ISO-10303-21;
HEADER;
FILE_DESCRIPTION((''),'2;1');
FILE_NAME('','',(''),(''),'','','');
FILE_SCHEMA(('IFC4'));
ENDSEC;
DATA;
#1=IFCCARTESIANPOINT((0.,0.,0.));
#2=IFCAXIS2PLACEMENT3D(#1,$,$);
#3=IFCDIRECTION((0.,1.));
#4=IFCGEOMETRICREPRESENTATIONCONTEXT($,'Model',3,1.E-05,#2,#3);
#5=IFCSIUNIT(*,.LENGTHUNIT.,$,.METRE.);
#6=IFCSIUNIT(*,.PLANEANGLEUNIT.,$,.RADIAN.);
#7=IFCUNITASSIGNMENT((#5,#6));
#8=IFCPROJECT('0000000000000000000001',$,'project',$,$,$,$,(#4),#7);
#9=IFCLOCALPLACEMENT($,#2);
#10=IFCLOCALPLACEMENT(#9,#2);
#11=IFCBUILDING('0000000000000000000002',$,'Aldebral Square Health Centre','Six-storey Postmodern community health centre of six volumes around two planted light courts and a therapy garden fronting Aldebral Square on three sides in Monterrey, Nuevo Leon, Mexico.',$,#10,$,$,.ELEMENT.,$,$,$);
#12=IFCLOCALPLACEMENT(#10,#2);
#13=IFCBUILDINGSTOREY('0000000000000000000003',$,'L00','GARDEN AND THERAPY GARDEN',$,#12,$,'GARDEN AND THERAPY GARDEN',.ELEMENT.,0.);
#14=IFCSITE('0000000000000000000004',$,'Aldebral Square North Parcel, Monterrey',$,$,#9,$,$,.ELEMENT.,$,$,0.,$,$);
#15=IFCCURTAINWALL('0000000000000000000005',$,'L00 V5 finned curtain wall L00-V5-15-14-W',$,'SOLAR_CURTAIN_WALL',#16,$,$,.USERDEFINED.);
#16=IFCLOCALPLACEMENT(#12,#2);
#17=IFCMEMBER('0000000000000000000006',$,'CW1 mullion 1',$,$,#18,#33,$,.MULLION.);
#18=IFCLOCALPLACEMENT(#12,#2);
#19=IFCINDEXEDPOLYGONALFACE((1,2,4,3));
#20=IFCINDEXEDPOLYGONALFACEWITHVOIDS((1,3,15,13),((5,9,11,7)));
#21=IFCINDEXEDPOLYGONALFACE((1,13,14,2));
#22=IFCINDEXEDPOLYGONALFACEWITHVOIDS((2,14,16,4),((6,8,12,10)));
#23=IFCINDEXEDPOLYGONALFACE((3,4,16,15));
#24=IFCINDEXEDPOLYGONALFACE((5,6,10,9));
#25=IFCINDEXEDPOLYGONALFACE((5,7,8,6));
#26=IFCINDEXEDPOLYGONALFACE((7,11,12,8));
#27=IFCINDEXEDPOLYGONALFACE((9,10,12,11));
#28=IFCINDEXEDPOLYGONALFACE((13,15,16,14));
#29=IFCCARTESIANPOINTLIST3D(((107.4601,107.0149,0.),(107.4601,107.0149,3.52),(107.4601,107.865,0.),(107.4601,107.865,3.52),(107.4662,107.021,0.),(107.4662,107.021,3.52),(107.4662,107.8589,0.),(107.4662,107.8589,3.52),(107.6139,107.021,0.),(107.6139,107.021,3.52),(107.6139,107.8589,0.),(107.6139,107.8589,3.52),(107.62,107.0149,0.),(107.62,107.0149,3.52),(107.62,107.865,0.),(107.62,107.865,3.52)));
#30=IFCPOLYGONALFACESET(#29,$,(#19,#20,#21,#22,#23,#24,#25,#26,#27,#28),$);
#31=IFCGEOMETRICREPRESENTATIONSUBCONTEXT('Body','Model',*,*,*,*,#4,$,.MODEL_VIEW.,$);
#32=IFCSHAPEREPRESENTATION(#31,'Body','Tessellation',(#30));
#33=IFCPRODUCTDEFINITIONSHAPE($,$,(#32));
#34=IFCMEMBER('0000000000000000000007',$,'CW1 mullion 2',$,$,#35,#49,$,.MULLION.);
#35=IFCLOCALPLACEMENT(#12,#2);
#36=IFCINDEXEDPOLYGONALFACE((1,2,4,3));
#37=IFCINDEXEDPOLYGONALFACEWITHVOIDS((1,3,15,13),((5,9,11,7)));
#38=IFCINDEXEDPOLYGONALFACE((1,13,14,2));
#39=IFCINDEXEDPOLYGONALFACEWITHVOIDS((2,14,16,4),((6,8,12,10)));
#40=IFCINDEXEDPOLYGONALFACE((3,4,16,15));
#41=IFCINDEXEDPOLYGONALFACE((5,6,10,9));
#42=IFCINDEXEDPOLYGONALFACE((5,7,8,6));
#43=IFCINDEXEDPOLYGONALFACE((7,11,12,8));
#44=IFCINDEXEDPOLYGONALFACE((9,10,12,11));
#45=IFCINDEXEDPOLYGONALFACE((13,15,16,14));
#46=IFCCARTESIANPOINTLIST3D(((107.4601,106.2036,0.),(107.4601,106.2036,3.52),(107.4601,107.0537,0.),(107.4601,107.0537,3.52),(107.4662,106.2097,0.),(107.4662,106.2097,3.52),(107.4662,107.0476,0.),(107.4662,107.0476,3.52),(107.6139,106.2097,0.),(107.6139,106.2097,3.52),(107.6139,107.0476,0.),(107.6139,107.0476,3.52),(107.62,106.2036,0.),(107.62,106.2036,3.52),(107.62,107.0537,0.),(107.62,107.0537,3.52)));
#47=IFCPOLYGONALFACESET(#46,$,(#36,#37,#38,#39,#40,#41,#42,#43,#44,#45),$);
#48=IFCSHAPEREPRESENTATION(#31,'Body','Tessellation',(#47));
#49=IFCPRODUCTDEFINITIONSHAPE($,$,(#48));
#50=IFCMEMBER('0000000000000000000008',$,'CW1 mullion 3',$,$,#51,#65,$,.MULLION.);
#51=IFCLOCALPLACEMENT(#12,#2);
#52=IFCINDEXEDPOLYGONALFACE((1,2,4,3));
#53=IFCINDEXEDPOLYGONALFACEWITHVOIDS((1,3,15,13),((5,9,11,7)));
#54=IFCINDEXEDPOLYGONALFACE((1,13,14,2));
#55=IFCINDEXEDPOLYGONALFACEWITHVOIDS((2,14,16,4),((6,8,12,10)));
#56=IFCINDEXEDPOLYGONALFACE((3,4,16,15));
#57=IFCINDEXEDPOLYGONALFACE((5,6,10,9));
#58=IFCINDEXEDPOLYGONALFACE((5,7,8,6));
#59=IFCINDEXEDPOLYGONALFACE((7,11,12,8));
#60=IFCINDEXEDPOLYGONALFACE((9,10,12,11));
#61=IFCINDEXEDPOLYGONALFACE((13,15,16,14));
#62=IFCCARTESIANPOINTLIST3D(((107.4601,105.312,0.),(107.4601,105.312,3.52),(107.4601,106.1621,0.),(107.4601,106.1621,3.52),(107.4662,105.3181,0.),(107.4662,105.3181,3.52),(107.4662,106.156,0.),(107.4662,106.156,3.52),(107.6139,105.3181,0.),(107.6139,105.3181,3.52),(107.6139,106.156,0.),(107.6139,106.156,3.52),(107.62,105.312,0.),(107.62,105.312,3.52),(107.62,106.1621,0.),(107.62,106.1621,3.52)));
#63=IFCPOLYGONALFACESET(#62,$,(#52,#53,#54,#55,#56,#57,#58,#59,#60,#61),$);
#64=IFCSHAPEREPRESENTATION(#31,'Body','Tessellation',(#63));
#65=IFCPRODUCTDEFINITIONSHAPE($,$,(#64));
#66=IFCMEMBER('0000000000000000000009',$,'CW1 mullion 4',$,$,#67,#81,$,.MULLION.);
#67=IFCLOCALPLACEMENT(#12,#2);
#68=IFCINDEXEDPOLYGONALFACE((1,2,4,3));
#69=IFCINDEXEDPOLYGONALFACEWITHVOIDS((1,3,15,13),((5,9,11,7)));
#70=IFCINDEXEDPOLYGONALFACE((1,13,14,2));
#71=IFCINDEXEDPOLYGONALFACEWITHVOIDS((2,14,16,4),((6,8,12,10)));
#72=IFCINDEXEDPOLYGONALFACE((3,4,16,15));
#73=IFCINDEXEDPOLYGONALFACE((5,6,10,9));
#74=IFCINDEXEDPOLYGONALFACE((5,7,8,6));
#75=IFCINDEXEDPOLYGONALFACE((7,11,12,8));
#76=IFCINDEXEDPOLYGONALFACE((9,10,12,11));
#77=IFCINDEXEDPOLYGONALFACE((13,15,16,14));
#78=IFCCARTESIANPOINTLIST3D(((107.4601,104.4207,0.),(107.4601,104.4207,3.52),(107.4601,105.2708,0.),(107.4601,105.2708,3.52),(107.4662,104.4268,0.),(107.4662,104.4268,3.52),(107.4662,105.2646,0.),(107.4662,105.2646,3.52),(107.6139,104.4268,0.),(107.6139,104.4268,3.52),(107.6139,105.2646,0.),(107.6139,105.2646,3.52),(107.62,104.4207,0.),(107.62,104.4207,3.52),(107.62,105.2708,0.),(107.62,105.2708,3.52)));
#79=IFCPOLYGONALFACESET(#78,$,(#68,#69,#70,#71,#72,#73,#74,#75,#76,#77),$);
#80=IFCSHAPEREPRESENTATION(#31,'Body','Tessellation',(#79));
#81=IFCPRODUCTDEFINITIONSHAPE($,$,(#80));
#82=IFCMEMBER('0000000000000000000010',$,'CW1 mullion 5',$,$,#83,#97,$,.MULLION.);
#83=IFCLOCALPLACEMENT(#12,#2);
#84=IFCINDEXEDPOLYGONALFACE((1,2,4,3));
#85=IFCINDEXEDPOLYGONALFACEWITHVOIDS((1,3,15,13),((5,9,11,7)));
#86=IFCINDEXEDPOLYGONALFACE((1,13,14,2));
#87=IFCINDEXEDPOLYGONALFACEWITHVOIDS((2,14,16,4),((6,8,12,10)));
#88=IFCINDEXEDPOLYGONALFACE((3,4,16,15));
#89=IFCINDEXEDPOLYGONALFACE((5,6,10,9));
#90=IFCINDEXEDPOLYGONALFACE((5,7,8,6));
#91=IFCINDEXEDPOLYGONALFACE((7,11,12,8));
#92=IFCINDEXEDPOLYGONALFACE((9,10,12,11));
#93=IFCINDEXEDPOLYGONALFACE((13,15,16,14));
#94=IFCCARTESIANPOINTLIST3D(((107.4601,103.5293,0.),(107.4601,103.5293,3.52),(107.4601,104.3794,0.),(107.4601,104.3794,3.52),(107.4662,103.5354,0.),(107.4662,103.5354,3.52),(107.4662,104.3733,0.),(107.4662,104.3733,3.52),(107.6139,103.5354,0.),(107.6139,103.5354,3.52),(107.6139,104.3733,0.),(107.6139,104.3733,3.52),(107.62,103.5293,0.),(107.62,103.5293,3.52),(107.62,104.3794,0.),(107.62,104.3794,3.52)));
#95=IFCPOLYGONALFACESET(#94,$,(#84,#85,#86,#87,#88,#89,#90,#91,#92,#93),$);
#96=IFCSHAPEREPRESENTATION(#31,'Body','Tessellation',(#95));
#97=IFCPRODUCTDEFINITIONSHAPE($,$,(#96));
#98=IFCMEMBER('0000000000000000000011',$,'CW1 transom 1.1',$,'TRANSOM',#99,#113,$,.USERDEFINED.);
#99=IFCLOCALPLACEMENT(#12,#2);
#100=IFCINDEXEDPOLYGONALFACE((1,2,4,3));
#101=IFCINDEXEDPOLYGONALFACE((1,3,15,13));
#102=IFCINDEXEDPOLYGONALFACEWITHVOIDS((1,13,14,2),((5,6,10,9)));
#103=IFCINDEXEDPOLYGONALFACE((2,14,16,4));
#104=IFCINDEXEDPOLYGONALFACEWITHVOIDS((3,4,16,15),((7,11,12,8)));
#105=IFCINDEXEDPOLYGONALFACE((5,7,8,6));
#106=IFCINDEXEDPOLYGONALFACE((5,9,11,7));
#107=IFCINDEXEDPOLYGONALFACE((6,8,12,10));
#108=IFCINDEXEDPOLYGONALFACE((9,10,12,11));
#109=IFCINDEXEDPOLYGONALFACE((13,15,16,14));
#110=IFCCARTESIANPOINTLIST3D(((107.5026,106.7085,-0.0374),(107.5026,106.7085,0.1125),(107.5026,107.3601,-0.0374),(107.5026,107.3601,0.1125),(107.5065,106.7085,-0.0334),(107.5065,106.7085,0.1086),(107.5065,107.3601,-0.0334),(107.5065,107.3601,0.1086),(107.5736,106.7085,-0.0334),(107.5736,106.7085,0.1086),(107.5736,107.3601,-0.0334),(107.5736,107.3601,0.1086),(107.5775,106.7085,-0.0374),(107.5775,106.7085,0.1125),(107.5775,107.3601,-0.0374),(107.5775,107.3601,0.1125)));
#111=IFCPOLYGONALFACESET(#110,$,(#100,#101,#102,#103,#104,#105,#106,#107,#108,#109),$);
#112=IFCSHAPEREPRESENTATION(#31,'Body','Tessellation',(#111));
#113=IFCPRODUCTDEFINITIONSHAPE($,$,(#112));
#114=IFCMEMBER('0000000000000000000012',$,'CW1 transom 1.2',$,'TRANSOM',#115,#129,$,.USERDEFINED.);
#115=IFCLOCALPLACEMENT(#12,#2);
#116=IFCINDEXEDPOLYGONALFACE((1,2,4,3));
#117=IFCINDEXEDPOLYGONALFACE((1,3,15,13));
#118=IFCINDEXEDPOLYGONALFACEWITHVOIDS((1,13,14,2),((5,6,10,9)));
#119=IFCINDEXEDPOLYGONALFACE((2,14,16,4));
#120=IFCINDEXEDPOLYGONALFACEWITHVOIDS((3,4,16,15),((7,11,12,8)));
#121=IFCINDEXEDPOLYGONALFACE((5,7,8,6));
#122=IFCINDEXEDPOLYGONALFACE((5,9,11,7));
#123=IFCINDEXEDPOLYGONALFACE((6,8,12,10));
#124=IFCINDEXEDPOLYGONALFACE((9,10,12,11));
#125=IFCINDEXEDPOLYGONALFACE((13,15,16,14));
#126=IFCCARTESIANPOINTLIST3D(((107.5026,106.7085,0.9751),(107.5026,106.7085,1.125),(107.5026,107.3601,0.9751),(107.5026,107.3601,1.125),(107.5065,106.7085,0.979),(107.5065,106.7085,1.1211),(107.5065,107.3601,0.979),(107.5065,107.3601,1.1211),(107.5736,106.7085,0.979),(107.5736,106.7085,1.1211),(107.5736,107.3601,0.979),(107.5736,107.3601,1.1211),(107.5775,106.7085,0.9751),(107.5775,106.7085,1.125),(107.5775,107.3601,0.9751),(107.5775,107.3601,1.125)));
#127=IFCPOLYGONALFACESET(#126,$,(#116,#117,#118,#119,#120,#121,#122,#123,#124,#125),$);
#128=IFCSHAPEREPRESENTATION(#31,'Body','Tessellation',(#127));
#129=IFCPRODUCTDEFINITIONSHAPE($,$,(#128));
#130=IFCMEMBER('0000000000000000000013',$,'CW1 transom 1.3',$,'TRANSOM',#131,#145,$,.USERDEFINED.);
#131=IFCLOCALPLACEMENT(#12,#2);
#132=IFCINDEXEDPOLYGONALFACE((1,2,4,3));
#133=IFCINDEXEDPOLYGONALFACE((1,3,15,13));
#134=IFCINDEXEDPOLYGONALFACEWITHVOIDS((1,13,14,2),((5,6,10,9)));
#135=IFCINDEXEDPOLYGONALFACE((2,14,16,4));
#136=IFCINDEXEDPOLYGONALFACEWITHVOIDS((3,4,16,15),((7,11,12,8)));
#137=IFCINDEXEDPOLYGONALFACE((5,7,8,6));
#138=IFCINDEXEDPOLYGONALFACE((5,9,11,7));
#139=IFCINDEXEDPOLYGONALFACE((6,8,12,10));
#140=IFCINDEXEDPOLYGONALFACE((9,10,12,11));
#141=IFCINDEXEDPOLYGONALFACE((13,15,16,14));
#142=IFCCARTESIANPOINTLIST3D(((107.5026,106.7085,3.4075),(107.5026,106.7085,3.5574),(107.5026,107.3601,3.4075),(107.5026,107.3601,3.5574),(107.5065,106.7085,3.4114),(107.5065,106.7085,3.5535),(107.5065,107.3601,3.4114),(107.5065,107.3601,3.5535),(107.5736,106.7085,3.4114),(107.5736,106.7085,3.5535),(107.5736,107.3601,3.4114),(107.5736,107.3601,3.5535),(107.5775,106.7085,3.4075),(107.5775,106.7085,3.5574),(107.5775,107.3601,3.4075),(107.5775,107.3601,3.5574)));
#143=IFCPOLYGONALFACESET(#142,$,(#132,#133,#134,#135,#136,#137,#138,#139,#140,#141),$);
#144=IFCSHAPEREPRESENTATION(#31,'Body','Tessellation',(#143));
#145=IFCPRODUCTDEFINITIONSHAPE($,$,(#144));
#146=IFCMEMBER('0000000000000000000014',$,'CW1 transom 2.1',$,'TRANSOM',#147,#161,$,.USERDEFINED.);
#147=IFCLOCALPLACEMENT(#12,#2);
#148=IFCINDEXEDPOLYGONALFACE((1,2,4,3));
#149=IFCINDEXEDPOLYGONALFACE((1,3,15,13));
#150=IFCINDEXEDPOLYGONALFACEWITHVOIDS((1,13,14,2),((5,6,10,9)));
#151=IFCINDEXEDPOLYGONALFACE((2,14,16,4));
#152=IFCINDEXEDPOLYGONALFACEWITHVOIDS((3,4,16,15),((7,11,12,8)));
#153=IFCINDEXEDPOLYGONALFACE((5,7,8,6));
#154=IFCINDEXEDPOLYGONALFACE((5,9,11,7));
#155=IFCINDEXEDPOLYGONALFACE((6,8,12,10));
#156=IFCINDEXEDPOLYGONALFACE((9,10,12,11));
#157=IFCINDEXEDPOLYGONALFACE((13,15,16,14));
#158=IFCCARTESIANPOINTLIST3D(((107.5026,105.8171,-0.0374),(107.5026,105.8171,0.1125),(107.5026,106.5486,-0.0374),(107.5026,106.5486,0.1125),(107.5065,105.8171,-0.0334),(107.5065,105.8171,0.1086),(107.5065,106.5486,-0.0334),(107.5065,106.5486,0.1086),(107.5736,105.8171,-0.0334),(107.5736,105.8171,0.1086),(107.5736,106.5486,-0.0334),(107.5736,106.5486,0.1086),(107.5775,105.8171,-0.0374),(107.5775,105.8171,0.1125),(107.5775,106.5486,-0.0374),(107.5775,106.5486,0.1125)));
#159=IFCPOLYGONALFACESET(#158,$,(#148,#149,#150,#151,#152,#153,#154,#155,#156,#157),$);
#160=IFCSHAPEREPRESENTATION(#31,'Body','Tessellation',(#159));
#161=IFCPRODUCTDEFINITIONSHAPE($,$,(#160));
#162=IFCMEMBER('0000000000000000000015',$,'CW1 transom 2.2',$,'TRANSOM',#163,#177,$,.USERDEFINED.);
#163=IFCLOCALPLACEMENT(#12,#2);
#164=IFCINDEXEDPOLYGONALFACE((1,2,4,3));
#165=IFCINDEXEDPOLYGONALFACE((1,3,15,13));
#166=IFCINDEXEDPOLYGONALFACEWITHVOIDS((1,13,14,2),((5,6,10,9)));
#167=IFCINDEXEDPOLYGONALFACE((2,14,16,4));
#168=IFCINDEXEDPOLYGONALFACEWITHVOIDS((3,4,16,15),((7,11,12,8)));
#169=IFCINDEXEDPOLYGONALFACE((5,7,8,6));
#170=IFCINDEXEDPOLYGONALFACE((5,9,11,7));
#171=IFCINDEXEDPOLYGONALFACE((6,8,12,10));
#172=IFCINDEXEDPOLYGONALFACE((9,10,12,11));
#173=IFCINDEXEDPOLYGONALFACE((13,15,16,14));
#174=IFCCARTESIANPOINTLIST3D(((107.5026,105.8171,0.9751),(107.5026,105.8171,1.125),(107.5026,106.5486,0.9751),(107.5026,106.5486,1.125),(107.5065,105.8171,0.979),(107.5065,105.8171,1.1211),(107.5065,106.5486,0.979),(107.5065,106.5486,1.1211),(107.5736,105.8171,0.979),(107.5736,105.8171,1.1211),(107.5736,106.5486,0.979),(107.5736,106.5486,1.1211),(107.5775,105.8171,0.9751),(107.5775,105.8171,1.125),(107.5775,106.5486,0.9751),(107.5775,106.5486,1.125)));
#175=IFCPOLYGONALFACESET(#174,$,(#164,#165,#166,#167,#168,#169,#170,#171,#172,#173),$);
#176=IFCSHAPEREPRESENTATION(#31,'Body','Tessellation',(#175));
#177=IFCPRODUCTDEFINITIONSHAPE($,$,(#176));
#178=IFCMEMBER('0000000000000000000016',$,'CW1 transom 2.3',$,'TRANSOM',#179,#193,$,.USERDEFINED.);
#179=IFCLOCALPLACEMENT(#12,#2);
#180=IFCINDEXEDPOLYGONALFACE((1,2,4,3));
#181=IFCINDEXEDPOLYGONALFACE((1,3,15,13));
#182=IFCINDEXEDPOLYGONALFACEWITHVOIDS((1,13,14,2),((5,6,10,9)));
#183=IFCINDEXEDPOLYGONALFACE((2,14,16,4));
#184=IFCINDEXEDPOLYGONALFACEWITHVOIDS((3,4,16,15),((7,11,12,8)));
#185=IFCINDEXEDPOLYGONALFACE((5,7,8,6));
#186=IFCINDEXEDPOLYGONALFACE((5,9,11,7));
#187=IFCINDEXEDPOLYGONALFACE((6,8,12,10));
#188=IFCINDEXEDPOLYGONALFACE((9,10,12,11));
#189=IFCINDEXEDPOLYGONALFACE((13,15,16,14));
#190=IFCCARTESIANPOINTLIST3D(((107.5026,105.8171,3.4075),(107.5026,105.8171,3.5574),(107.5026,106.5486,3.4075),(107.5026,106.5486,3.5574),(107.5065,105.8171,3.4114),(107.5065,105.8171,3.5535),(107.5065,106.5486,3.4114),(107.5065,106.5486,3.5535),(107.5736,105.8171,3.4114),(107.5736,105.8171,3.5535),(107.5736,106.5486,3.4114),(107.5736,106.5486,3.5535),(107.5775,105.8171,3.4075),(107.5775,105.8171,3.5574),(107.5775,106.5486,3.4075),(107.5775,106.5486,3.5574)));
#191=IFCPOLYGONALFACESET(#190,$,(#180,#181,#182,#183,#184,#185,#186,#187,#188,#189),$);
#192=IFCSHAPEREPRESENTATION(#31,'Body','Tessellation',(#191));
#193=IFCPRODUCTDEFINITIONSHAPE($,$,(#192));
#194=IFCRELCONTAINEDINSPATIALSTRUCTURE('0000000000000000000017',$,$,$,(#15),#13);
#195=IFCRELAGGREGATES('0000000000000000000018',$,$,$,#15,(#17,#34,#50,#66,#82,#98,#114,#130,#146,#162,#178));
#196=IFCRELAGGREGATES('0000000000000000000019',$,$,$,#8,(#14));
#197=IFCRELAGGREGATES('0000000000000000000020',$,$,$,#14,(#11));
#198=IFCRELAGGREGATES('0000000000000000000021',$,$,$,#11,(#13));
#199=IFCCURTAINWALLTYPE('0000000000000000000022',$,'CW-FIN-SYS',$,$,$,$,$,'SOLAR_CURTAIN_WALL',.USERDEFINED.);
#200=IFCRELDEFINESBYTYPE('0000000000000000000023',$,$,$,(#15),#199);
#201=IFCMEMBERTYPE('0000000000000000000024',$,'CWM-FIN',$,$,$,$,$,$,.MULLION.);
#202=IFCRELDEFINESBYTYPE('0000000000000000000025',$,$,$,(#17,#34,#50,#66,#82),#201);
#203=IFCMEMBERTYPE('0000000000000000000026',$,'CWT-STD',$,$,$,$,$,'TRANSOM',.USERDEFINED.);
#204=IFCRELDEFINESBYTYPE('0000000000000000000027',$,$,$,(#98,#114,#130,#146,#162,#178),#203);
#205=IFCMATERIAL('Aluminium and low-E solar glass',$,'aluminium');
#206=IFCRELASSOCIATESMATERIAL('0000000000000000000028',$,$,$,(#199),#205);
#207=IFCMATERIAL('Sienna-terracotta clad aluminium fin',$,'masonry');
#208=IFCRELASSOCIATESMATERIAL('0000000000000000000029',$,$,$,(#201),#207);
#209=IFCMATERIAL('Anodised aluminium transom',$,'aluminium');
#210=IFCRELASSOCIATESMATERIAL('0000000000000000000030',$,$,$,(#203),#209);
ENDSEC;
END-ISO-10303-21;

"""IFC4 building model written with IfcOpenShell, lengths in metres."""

from ifc_helpers import new_model, si_unit, direction, frame, origin, origin_2d, place, context, subcontext, project, spatial, hollow_rectangle, extrude, material, material_profile, profile_set, type_object, element, aggregate, save


model = new_model("IFC4")

# Units and contexts
model_context = context("Model", 3, precision=1e-05, world=origin(), true_north=direction((0.0, 1.0)))
body_context = subcontext(model_context, "Body", "Model", "MODEL_VIEW")
ifc_project = project(units=[si_unit("LENGTHUNIT", "METRE"), si_unit("PLANEANGLEUNIT", "RADIAN")], contexts=[model_context])

# Site, building, storey
site_placement = place(None, origin())
site = spatial("IfcSite", under=ifc_project, at=site_placement, Name="Aldebral Square North Parcel, Monterrey", CompositionType="ELEMENT", RefElevation=0.0)
building_placement = place(site_placement, origin())
building = spatial("IfcBuilding", under=site, at=building_placement, Name="Aldebral Square Health Centre", Description="Six-storey Postmodern community health centre of six volumes around two planted light courts and a therapy garden fronting Aldebral Square on three sides in Monterrey, Nuevo Leon, Mexico.", CompositionType="ELEMENT")
storey_placement = place(building_placement, origin())
storey = spatial("IfcBuildingStorey", under=building, at=storey_placement, Name="L00", Description="GARDEN AND THERAPY GARDEN", LongName="GARDEN AND THERAPY GARDEN", CompositionType="ELEMENT", Elevation=0.0)

# Curtain wall, members
ifc_material_1 = material(Name="Aluminium and low-E solar glass", Category="aluminium")
curtain_wall_type = type_object("IfcCurtainWallType", Name="CW-FIN-SYS", ElementType="SOLAR_CURTAIN_WALL", PredefinedType="USERDEFINED", material=ifc_material_1)
curtain_wall_placement = place(storey_placement, origin())
curtain_wall = element("IfcCurtainWall", 1, at=curtain_wall_placement, inside=storey, type_object=curtain_wall_type, Name="L00 V5 finned curtain wall L00-V5-15-14-W", ObjectType="SOLAR_CURTAIN_WALL", PredefinedType="USERDEFINED")
ifc_material_2 = material(Name="Sienna-terracotta clad aluminium fin", Category="masonry")
ifc_material_profile_1 = material_profile(ifc_material_2, hollow_rectangle(XDim=0.1599, YDim=0.8501, WallThickness=0.0061, at=origin_2d()), Name="FIN 160x850x6")
ifc_profile_set_1 = profile_set([ifc_material_profile_1], Name="Sienna-terracotta clad aluminium fin")
member_type_1 = type_object("IfcMemberType", Name="CWM-FIN", PredefinedType="MULLION", material=ifc_profile_set_1)
member_1_placement = place(storey_placement, frame((107.54, 107.4399, 0.0), z_axis=(0.0, 0.0, 1.0), x_axis=(1.0, 0.0, 0.0)))
member_1 = element("IfcMember", 2, at=member_1_placement, type_object=member_type_1, Name="CW1 mullion 1", PredefinedType="MULLION", context=body_context, shape_type="SweptSolid", body=[
    extrude(hollow_rectangle(XDim=0.1599, YDim=0.8501, WallThickness=0.0061, at=origin_2d()), origin(), (0.0, 0.0, 1.0), 3.52),
])
member_2_placement = place(storey_placement, frame((107.54, 106.6287, 0.0), z_axis=(0.0, 0.0, 1.0), x_axis=(1.0, 0.0, 0.0)))
member_2 = element("IfcMember", 3, at=member_2_placement, type_object=member_type_1, Name="CW1 mullion 2", PredefinedType="MULLION", context=body_context, shape_type="SweptSolid", body=[
    extrude(hollow_rectangle(XDim=0.1599, YDim=0.8501, WallThickness=0.0061, at=origin_2d()), origin(), (0.0, 0.0, 1.0), 3.52),
])
member_3_placement = place(storey_placement, frame((107.54, 105.7371, 0.0), z_axis=(0.0, 0.0, 1.0), x_axis=(1.0, 0.0, 0.0)))
member_3 = element("IfcMember", 4, at=member_3_placement, type_object=member_type_1, Name="CW1 mullion 3", PredefinedType="MULLION", context=body_context, shape_type="SweptSolid", body=[
    extrude(hollow_rectangle(XDim=0.1599, YDim=0.8501, WallThickness=0.0061, at=origin_2d()), origin(), (0.0, 0.0, 1.0), 3.52),
])
member_4_placement = place(storey_placement, frame((107.54, 104.8457, 0.0), z_axis=(0.0, 0.0, 1.0), x_axis=(1.0, 0.0, 0.0)))
member_4 = element("IfcMember", 5, at=member_4_placement, type_object=member_type_1, Name="CW1 mullion 4", PredefinedType="MULLION", context=body_context, shape_type="SweptSolid", body=[
    extrude(hollow_rectangle(XDim=0.1599, YDim=0.8501, WallThickness=0.0061, at=origin_2d()), origin(), (0.0, 0.0, 1.0), 3.52),
])
member_5_placement = place(storey_placement, frame((107.54, 103.9543, 0.0), z_axis=(0.0, 0.0, 1.0), x_axis=(1.0, 0.0, 0.0)))
member_5 = element("IfcMember", 6, at=member_5_placement, type_object=member_type_1, Name="CW1 mullion 5", PredefinedType="MULLION", context=body_context, shape_type="SweptSolid", body=[
    extrude(hollow_rectangle(XDim=0.1599, YDim=0.8501, WallThickness=0.0061, at=origin_2d()), origin(), (0.0, 0.0, 1.0), 3.52),
])
ifc_material_3 = material(Name="Anodised aluminium transom", Category="aluminium")
ifc_material_profile_2 = material_profile(ifc_material_3, hollow_rectangle(XDim=0.075, YDim=0.1499, WallThickness=0.0039, at=origin_2d()), Name="CWT 75x150x4")
ifc_profile_set_2 = profile_set([ifc_material_profile_2], Name="Anodised aluminium transom")
member_type_2 = type_object("IfcMemberType", Name="CWT-STD", ElementType="TRANSOM", PredefinedType="USERDEFINED", material=ifc_profile_set_2)
member_6_placement = place(storey_placement, frame((107.54, 107.3601, 0.0376), z_axis=(0.0, -1.0, 0.0), x_axis=(1.0, 0.0, 0.0)))
member_6 = element("IfcMember", 7, at=member_6_placement, type_object=member_type_2, Name="CW1 transom 1.1", ObjectType="TRANSOM", PredefinedType="USERDEFINED", context=body_context, shape_type="SweptSolid", body=[
    extrude(hollow_rectangle(XDim=0.075, YDim=0.1499, WallThickness=0.0039, at=origin_2d()), origin(), (0.0, 0.0, 1.0), 0.6516),
])
member_7_placement = place(storey_placement, frame((107.54, 107.3601, 1.05), z_axis=(0.0, -1.0, 0.0), x_axis=(1.0, 0.0, 0.0)))
member_7 = element("IfcMember", 8, at=member_7_placement, type_object=member_type_2, Name="CW1 transom 1.2", ObjectType="TRANSOM", PredefinedType="USERDEFINED", context=body_context, shape_type="SweptSolid", body=[
    extrude(hollow_rectangle(XDim=0.075, YDim=0.1499, WallThickness=0.0039, at=origin_2d()), origin(), (0.0, 0.0, 1.0), 0.6516),
])
member_8_placement = place(storey_placement, frame((107.54, 107.3601, 3.4824), z_axis=(0.0, -1.0, 0.0), x_axis=(1.0, 0.0, 0.0)))
member_8 = element("IfcMember", 9, at=member_8_placement, type_object=member_type_2, Name="CW1 transom 1.3", ObjectType="TRANSOM", PredefinedType="USERDEFINED", context=body_context, shape_type="SweptSolid", body=[
    extrude(hollow_rectangle(XDim=0.075, YDim=0.1499, WallThickness=0.0039, at=origin_2d()), origin(), (0.0, 0.0, 1.0), 0.6516),
])
member_9_placement = place(storey_placement, frame((107.54, 106.5486, 0.0376), z_axis=(0.0, -1.0, 0.0), x_axis=(1.0, 0.0, 0.0)))
member_9 = element("IfcMember", 10, at=member_9_placement, type_object=member_type_2, Name="CW1 transom 2.1", ObjectType="TRANSOM", PredefinedType="USERDEFINED", context=body_context, shape_type="SweptSolid", body=[
    extrude(hollow_rectangle(XDim=0.075, YDim=0.1499, WallThickness=0.0039, at=origin_2d()), origin(), (0.0, 0.0, 1.0), 0.7314),
])
member_10_placement = place(storey_placement, frame((107.54, 106.5486, 1.05), z_axis=(0.0, -1.0, 0.0), x_axis=(1.0, 0.0, 0.0)))
member_10 = element("IfcMember", 11, at=member_10_placement, type_object=member_type_2, Name="CW1 transom 2.2", ObjectType="TRANSOM", PredefinedType="USERDEFINED", context=body_context, shape_type="SweptSolid", body=[
    extrude(hollow_rectangle(XDim=0.075, YDim=0.1499, WallThickness=0.0039, at=origin_2d()), origin(), (0.0, 0.0, 1.0), 0.7314),
])
member_11_placement = place(storey_placement, frame((107.54, 106.5486, 3.4824), z_axis=(0.0, -1.0, 0.0), x_axis=(1.0, 0.0, 0.0)))
member_11 = element("IfcMember", 12, at=member_11_placement, type_object=member_type_2, Name="CW1 transom 2.3", ObjectType="TRANSOM", PredefinedType="USERDEFINED", context=body_context, shape_type="SweptSolid", body=[
    extrude(hollow_rectangle(XDim=0.075, YDim=0.1499, WallThickness=0.0039, at=origin_2d()), origin(), (0.0, 0.0, 1.0), 0.7314),
])
aggregate(curtain_wall, [member_1, member_2, member_3, member_4, member_5, member_6, member_7, member_8, member_9, member_10, member_11])

save(model, "model.ifc")
